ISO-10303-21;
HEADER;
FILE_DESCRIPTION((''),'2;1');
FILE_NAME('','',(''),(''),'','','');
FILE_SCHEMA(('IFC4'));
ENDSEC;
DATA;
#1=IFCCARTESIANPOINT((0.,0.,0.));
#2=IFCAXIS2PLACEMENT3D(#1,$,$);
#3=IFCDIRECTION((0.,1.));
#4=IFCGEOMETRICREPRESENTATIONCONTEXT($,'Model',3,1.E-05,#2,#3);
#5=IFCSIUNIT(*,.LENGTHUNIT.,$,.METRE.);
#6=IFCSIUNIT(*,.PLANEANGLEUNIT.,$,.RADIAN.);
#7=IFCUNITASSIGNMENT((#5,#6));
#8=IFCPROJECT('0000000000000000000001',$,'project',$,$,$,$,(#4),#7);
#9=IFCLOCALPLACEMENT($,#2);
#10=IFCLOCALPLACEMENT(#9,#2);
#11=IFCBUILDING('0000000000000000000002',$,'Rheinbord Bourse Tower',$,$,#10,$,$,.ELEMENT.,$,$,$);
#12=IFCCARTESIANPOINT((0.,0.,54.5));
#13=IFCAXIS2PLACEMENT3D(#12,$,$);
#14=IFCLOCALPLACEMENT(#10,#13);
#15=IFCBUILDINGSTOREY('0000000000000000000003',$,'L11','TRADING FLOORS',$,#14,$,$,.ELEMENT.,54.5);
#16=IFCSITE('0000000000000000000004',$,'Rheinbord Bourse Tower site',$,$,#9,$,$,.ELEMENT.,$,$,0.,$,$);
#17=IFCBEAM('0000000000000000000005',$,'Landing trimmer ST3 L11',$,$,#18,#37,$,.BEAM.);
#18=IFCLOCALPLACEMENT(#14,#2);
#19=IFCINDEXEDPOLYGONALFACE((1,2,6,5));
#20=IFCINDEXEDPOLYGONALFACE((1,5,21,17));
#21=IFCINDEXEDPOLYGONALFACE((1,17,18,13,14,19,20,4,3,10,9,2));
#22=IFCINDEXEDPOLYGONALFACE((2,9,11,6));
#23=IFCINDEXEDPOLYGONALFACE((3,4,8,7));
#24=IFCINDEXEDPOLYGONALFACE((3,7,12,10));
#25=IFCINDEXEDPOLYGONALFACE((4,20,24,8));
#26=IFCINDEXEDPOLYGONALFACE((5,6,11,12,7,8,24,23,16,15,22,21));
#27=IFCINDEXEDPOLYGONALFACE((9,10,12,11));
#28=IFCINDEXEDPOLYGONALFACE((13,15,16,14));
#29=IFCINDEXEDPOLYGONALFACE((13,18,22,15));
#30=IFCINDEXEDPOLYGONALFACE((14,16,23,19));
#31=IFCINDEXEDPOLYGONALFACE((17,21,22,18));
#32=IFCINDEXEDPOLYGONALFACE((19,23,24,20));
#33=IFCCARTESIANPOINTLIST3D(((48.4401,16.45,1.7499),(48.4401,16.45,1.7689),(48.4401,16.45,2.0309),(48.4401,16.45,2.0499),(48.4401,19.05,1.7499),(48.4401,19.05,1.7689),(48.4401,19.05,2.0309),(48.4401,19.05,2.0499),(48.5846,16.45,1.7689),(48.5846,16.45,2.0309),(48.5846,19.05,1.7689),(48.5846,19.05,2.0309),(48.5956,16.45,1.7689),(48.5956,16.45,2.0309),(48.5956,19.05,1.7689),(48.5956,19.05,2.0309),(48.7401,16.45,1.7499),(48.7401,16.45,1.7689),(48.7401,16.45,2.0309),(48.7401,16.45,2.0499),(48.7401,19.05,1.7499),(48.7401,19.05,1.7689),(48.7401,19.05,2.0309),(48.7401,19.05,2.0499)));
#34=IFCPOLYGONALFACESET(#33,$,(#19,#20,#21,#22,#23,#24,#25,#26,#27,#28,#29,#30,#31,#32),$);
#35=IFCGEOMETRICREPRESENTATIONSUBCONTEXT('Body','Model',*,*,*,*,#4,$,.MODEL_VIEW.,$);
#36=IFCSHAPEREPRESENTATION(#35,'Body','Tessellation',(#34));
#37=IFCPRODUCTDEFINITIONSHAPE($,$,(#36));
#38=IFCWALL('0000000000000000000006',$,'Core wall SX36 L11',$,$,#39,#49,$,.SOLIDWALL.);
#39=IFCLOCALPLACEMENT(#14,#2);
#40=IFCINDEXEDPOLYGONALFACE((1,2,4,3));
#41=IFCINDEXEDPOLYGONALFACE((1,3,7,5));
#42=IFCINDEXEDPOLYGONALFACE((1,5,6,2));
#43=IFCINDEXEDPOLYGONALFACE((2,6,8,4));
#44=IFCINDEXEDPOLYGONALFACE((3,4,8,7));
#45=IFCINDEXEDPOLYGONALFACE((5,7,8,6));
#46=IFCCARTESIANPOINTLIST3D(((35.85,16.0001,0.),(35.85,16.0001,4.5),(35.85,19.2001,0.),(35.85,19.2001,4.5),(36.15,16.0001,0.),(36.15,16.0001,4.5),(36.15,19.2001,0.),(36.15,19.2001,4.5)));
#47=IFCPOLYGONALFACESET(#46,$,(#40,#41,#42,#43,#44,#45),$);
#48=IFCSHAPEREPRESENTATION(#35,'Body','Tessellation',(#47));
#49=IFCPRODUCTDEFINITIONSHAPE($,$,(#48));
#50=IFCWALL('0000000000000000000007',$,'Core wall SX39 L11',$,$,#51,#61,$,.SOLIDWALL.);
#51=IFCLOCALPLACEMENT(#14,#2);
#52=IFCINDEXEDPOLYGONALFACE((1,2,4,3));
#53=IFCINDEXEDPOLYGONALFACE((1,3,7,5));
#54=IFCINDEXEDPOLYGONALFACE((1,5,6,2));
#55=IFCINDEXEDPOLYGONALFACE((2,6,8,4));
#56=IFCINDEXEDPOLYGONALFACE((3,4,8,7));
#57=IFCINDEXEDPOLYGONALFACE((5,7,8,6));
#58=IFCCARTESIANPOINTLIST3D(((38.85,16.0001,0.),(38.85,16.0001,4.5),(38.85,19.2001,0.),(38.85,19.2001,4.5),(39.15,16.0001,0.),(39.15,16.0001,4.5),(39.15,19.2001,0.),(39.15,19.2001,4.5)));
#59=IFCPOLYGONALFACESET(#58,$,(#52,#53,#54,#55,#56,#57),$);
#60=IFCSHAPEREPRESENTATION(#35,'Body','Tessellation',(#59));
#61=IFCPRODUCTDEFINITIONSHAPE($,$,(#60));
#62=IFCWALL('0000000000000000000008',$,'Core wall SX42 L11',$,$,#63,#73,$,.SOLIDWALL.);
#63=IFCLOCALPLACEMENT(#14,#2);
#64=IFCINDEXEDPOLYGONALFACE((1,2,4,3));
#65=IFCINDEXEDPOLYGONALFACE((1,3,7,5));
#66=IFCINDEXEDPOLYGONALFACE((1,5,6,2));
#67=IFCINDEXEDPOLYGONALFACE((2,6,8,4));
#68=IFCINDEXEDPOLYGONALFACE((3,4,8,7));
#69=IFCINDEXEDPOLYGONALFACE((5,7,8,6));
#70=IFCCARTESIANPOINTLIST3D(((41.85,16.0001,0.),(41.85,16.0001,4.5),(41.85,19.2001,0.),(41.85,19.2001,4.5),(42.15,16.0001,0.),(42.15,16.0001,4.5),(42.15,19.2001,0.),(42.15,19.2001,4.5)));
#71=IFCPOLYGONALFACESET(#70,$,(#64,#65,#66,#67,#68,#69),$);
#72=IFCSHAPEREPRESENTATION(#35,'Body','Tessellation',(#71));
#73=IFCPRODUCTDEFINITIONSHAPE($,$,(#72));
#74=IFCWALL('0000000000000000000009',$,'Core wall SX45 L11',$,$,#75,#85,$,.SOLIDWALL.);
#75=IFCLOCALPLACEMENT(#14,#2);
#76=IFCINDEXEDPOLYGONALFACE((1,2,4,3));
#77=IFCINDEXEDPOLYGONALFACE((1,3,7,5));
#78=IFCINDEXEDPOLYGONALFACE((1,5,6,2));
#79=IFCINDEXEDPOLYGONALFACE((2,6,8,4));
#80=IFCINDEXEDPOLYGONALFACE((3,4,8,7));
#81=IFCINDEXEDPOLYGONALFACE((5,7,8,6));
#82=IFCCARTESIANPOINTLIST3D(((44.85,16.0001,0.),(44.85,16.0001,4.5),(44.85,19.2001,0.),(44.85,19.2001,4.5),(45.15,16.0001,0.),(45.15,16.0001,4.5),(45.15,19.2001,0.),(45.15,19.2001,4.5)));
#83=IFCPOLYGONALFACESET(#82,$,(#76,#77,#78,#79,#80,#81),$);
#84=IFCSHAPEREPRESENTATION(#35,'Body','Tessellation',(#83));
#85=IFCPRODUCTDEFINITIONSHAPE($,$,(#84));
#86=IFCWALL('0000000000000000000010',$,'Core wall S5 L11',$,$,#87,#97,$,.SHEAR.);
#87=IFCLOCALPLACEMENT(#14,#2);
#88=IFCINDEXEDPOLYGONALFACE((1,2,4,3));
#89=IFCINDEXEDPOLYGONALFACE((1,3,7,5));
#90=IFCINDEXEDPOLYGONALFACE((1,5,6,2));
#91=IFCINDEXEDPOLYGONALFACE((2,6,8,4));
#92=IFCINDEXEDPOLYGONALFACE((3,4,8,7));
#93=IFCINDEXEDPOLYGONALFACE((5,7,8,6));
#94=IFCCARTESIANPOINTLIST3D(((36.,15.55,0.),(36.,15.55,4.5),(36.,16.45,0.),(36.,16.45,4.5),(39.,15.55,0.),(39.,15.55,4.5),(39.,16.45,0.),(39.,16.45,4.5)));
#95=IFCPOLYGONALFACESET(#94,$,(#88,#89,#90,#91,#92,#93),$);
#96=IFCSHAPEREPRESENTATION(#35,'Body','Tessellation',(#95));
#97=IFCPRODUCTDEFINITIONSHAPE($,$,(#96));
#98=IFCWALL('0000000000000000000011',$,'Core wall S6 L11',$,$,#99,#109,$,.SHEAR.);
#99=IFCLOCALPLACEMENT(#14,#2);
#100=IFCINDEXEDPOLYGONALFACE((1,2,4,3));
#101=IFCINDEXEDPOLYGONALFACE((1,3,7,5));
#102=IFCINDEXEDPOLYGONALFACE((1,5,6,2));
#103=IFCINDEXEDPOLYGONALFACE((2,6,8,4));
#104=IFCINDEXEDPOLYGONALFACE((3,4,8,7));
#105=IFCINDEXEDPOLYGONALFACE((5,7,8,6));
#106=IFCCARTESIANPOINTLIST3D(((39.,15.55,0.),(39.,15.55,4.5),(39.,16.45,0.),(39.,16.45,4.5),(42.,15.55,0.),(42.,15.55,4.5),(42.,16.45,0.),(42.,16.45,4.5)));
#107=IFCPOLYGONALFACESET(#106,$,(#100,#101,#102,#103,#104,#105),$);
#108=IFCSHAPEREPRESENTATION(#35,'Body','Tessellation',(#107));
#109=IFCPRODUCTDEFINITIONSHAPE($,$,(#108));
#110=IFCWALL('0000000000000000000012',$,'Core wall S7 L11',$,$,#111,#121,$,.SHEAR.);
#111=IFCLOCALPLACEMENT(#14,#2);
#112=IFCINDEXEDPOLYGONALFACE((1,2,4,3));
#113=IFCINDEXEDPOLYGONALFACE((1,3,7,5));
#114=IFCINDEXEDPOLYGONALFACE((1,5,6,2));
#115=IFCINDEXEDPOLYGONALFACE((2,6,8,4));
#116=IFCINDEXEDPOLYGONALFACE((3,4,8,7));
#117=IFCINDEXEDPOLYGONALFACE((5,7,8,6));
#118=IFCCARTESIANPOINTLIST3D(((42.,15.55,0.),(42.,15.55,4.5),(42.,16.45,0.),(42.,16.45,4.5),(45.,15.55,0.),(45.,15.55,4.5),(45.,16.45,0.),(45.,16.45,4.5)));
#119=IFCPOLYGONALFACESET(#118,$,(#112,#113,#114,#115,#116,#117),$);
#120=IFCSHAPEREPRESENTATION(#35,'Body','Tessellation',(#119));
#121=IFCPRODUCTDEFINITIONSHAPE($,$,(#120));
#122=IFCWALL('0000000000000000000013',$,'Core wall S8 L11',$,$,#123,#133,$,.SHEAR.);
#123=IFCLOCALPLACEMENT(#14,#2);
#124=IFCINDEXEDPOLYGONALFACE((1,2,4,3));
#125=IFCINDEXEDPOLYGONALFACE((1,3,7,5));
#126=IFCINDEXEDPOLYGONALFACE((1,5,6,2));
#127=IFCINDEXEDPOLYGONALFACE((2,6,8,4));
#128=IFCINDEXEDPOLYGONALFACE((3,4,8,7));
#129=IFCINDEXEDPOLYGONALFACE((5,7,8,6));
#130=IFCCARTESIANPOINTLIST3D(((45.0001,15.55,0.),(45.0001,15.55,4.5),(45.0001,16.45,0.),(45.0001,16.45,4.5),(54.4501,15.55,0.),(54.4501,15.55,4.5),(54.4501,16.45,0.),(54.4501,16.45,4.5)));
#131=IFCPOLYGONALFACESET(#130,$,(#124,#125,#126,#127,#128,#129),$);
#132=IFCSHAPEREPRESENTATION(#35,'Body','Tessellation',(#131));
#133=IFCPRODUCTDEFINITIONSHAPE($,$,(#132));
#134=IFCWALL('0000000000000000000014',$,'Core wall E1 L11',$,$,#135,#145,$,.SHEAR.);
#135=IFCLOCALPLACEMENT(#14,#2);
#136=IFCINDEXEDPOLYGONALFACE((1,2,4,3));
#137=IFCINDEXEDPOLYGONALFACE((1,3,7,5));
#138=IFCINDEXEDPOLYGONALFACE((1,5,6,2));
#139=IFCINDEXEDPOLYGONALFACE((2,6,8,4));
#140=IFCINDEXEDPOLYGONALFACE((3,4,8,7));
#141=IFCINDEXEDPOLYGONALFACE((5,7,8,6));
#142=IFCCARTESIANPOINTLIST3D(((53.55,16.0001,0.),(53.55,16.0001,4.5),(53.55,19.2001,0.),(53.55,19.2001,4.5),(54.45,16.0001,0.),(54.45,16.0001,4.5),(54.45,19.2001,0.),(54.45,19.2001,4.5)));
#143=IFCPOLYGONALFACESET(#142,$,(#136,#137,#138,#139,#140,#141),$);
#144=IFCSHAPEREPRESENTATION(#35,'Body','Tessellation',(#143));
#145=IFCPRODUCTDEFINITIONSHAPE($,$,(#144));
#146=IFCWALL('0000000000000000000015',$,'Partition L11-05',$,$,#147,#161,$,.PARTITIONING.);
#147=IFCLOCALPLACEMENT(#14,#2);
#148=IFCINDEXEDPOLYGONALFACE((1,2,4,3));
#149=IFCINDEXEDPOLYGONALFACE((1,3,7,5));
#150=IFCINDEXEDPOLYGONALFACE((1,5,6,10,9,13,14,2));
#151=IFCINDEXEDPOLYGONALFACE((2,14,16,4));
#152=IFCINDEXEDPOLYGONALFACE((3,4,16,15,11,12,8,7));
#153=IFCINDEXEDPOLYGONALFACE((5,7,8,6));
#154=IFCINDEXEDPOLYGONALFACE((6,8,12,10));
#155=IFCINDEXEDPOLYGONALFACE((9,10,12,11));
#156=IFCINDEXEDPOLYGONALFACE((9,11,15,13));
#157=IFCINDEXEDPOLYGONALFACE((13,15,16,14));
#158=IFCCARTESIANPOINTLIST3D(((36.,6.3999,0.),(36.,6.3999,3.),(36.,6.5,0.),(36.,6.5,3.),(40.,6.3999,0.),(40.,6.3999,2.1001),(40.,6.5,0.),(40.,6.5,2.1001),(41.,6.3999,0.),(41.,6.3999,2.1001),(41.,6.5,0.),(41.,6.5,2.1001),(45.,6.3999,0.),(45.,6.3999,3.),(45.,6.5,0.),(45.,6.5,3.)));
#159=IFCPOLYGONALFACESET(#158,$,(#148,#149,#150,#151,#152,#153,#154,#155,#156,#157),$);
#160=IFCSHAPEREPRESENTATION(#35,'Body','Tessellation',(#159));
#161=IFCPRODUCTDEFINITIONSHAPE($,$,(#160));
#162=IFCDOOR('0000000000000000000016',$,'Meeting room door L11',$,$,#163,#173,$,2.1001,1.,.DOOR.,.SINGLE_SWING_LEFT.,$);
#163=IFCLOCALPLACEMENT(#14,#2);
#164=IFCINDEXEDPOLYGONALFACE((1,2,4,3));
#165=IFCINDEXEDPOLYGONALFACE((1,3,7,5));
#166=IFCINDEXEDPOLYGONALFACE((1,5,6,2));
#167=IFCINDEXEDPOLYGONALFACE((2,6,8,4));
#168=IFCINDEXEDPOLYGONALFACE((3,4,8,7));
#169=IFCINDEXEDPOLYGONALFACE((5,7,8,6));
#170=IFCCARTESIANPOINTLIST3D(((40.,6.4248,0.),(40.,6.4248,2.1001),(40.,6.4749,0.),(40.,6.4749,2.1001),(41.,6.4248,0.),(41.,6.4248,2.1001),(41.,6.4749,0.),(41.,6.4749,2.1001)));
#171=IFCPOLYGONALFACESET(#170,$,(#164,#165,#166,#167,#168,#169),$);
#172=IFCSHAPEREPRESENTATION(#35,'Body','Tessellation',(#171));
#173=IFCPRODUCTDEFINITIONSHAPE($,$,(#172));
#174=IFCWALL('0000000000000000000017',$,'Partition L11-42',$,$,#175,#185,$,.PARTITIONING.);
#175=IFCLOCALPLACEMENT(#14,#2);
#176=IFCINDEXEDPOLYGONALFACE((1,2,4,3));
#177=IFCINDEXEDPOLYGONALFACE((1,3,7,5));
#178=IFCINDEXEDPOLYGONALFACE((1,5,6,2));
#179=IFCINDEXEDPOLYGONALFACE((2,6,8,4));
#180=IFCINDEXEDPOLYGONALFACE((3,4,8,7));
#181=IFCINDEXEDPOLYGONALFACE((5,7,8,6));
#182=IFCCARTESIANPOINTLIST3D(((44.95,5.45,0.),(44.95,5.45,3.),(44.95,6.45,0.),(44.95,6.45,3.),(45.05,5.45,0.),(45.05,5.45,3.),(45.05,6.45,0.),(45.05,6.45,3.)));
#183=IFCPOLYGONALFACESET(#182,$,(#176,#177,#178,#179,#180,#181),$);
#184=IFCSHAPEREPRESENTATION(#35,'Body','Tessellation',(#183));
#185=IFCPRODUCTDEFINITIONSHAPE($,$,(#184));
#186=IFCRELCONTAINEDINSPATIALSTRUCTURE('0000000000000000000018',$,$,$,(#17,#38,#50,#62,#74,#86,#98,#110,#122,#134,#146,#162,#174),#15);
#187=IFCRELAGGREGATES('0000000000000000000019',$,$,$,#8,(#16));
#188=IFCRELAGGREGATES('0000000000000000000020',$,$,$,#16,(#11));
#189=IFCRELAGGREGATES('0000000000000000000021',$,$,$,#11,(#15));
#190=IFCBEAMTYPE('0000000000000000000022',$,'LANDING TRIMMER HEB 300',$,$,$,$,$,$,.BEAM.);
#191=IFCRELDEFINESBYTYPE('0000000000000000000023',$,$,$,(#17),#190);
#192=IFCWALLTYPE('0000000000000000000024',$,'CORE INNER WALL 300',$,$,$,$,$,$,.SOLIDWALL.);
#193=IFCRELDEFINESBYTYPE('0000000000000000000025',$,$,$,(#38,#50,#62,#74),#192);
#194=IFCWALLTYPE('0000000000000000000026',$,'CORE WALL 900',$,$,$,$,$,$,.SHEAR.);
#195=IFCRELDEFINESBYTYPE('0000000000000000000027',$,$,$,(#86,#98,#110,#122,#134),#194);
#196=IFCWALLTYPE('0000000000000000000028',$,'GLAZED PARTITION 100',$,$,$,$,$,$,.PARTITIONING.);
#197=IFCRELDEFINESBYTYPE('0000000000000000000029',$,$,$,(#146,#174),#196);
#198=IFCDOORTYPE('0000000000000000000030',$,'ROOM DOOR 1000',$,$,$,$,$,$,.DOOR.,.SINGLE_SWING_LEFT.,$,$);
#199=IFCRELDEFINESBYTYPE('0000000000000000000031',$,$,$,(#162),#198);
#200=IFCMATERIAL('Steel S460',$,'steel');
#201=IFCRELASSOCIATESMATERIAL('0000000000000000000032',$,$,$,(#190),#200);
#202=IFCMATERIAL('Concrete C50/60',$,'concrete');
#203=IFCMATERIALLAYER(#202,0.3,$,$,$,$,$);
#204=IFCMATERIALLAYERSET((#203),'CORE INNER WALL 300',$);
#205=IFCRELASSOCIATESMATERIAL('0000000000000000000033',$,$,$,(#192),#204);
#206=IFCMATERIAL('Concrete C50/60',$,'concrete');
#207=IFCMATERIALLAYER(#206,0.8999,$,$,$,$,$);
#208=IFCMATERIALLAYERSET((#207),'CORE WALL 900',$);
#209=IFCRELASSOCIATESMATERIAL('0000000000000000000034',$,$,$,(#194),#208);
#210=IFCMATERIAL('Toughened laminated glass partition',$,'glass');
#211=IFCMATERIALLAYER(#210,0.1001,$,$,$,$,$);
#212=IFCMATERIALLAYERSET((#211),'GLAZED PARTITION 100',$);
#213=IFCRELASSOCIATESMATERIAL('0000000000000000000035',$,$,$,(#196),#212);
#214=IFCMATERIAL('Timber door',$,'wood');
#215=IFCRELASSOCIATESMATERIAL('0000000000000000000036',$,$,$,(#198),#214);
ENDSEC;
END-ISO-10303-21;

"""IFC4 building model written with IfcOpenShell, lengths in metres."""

from ifc_helpers import new_model, si_unit, direction, frame, frame_2d, origin, origin_2d, place, context, subcontext, project, spatial, rectangle, i_section, extrude, material, layer, layer_set, material_profile, profile_set, type_object, element, fill, save


model = new_model("IFC4")

# Units and contexts
model_context = context("Model", 3, precision=1e-05, world=origin(), true_north=direction((0.0, 1.0)))
body_context = subcontext(model_context, "Body", "Model", "MODEL_VIEW")
ifc_project = project(units=[si_unit("LENGTHUNIT", "METRE"), si_unit("PLANEANGLEUNIT", "RADIAN")], contexts=[model_context])

# Site, building, storey
site_placement = place(None, origin())
site = spatial("IfcSite", under=ifc_project, at=site_placement, Name="Rheinbord Bourse Tower site", CompositionType="ELEMENT", RefElevation=0.0)
building_placement = place(site_placement, origin())
building = spatial("IfcBuilding", under=site, at=building_placement, Name="Rheinbord Bourse Tower", CompositionType="ELEMENT")
storey_placement = place(building_placement, frame((0.0, 0.0, 54.5)))
storey = spatial("IfcBuildingStorey", under=building, at=storey_placement, Name="L11", Description="TRADING FLOORS", CompositionType="ELEMENT", Elevation=54.5)

# Beam
ifc_material_1 = material(Name="Steel S460", Category="steel")
ifc_material_profile = material_profile(ifc_material_1, i_section(OverallWidth=0.3, OverallDepth=0.3, WebThickness=0.011, FlangeThickness=0.019, at=origin_2d()), Name="HEB 300")
ifc_profile_set = profile_set([ifc_material_profile], Name="Steel S460")
beam_type = type_object("IfcBeamType", Name="LANDING TRIMMER HEB 300", PredefinedType="BEAM", material=ifc_profile_set)
beam_placement = place(storey_placement, frame((48.5901, 16.45, 1.8999), z_axis=(0.0, 1.0, 0.0), x_axis=(-1.0, 0.0, 0.0)))
element("IfcBeam", 1, at=beam_placement, inside=storey, type_object=beam_type, Name="Landing trimmer ST3 L11", PredefinedType="BEAM", context=body_context, shape_type="SweptSolid", body=[
    extrude(i_section(OverallWidth=0.3, OverallDepth=0.3, WebThickness=0.011, FlangeThickness=0.019, at=origin_2d()), origin(), (0.0, 0.0, 1.0), 2.6001),
])

# Walls
ifc_material_2 = material(Name="Concrete C50/60", Category="concrete")
ifc_layer_1 = layer(ifc_material_2, 0.3)
ifc_layer_set_1 = layer_set([ifc_layer_1], Name="CORE INNER WALL 300")
wall_type_1 = type_object("IfcWallType", Name="CORE INNER WALL 300", PredefinedType="SOLIDWALL", material=ifc_layer_set_1)
for number, where, z_axis, x_axis, name in (
    (2, (36.0, 16.0, 0.0), (0.0, 0.0, 1.0), (0.0, 1.0, 0.0), "Core wall SX36 L11"),
    (3, (39.0, 16.0, 0.0), (0.0, 0.0, 1.0), (0.0, 1.0, 0.0), "Core wall SX39 L11"),
    (4, (42.0, 16.0, 0.0), (0.0, 0.0, 1.0), (0.0, 1.0, 0.0), "Core wall SX42 L11"),
    (5, (45.0, 16.0, 0.0), (0.0, 0.0, 1.0), (0.0, 1.0, 0.0), "Core wall SX45 L11"),
):
    element("IfcWall", number, at=place(storey_placement, frame(where, z_axis=z_axis, x_axis=x_axis)), inside=storey, type_object=wall_type_1, Name=name, PredefinedType="SOLIDWALL", context=body_context, shape_type="SweptSolid", body=[
        extrude(rectangle(XDim=3.2, YDim=0.3, at=frame_2d((1.6001, 0.0))), origin(), (0.0, 0.0, 1.0), 4.5),
    ])
ifc_material_3 = material(Name="Concrete C50/60", Category="concrete")
ifc_layer_2 = layer(ifc_material_3, 0.8999)
ifc_layer_set_2 = layer_set([ifc_layer_2], Name="CORE WALL 900")
wall_type_2 = type_object("IfcWallType", Name="CORE WALL 900", PredefinedType="SHEAR", material=ifc_layer_set_2)
for number, where, z_axis, x_axis, name in (
    (6, (36.0, 16.0, 0.0), (0.0, 0.0, 1.0), (1.0, 0.0, 0.0), "Core wall S5 L11"),
    (7, (39.0, 16.0, 0.0), (0.0, 0.0, 1.0), (1.0, 0.0, 0.0), "Core wall S6 L11"),
    (8, (42.0, 16.0, 0.0), (0.0, 0.0, 1.0), (1.0, 0.0, 0.0), "Core wall S7 L11"),
):
    element("IfcWall", number, at=place(storey_placement, frame(where, z_axis=z_axis, x_axis=x_axis)), inside=storey, type_object=wall_type_2, Name=name, PredefinedType="SHEAR", context=body_context, shape_type="SweptSolid", body=[
        extrude(rectangle(XDim=3.0, YDim=0.8999, at=frame_2d((1.5, 0.0))), origin(), (0.0, 0.0, 1.0), 4.5),
    ])
wall_1_placement = place(storey_placement, frame((45.0, 16.0, 0.0), z_axis=(0.0, 0.0, 1.0), x_axis=(1.0, 0.0, 0.0)))
element("IfcWall", 9, at=wall_1_placement, inside=storey, type_object=wall_type_2, Name="Core wall S8 L11", PredefinedType="SHEAR", context=body_context, shape_type="SweptSolid", body=[
    extrude(rectangle(XDim=9.45, YDim=0.8999, at=frame_2d((4.7251, 0.0))), origin(), (0.0, 0.0, 1.0), 4.5),
])
wall_2_placement = place(storey_placement, frame((54.0, 16.0, 0.0), z_axis=(0.0, 0.0, 1.0), x_axis=(0.0, 1.0, 0.0)))
element("IfcWall", 10, at=wall_2_placement, inside=storey, type_object=wall_type_2, Name="Core wall E1 L11", PredefinedType="SHEAR", context=body_context, shape_type="SweptSolid", body=[
    extrude(rectangle(XDim=3.2, YDim=0.8999, at=frame_2d((1.6001, 0.0))), origin(), (0.0, 0.0, 1.0), 4.5),
])

# Wall, opening, door
ifc_material_4 = material(Name="Toughened laminated glass partition", Category="glass")
ifc_layer_3 = layer(ifc_material_4, 0.1001)
ifc_layer_set_3 = layer_set([ifc_layer_3], Name="GLAZED PARTITION 100")
wall_type_3 = type_object("IfcWallType", Name="GLAZED PARTITION 100", PredefinedType="PARTITIONING", material=ifc_layer_set_3)
wall_3_placement = place(storey_placement, frame((36.0, 6.45, 0.0), z_axis=(0.0, 0.0, 1.0), x_axis=(1.0, 0.0, 0.0)))
wall_3 = element("IfcWall", 11, at=wall_3_placement, inside=storey, type_object=wall_type_3, Name="Partition L11-05", PredefinedType="PARTITIONING", context=body_context, shape_type="SweptSolid", body=[
    extrude(rectangle(XDim=9.0, YDim=0.1001, at=frame_2d((4.5, 0.0))), origin(), (0.0, 0.0, 1.0), 3.0),
])
opening_1_placement = place(wall_3_placement, frame((4.0, 0.0, 0.0)))
opening_1 = element("IfcOpeningElement", 12, at=opening_1_placement, cuts=wall_3, PredefinedType="OPENING", context=body_context, shape_type="SweptSolid", body=[
    extrude(rectangle(XDim=1.0, YDim=2.1001, at=frame_2d((0.5, 1.05))), frame((0.0, 0.0601, 0.0), z_axis=(0.0, -1.0, 0.0), x_axis=(1.0, 0.0, 0.0)), (0.0, 0.0, 1.0), 0.1201),
])
ifc_material_5 = material(Name="Timber door", Category="wood")
door_type_1 = type_object("IfcDoorType", Name="ROOM DOOR 1000", OperationType="SINGLE_SWING_LEFT", PredefinedType="DOOR", material=ifc_material_5)
door_1_placement = place(opening_1_placement, origin())
door_1 = element("IfcDoor", 13, at=door_1_placement, inside=storey, type_object=door_type_1, Name="Meeting room door L11", OperationType="SINGLE_SWING_LEFT", OverallHeight=2.1001, OverallWidth=1.0, PredefinedType="DOOR", context=body_context, shape_type="SweptSolid", body=[
    extrude(rectangle(XDim=1.0, YDim=2.1001, at=frame_2d((0.5, 1.05))), frame((0.0, 0.0249, 0.0), z_axis=(0.0, -1.0, 0.0), x_axis=(1.0, 0.0, 0.0)), (0.0, 0.0, 1.0), 0.05),
])
fill(opening_1, door_1)

# Wall
wall_4_placement = place(storey_placement, frame((45.0, 5.45, 0.0), z_axis=(0.0, 0.0, 1.0), x_axis=(0.0, 1.0, 0.0)))
element("IfcWall", 14, at=wall_4_placement, inside=storey, type_object=wall_type_3, Name="Partition L11-42", PredefinedType="PARTITIONING", context=body_context, shape_type="SweptSolid", body=[
    extrude(rectangle(XDim=1.0, YDim=0.1001, at=frame_2d((0.5, 0.0))), origin(), (0.0, 0.0, 1.0), 3.0),
])

save(model, "model.ifc")
